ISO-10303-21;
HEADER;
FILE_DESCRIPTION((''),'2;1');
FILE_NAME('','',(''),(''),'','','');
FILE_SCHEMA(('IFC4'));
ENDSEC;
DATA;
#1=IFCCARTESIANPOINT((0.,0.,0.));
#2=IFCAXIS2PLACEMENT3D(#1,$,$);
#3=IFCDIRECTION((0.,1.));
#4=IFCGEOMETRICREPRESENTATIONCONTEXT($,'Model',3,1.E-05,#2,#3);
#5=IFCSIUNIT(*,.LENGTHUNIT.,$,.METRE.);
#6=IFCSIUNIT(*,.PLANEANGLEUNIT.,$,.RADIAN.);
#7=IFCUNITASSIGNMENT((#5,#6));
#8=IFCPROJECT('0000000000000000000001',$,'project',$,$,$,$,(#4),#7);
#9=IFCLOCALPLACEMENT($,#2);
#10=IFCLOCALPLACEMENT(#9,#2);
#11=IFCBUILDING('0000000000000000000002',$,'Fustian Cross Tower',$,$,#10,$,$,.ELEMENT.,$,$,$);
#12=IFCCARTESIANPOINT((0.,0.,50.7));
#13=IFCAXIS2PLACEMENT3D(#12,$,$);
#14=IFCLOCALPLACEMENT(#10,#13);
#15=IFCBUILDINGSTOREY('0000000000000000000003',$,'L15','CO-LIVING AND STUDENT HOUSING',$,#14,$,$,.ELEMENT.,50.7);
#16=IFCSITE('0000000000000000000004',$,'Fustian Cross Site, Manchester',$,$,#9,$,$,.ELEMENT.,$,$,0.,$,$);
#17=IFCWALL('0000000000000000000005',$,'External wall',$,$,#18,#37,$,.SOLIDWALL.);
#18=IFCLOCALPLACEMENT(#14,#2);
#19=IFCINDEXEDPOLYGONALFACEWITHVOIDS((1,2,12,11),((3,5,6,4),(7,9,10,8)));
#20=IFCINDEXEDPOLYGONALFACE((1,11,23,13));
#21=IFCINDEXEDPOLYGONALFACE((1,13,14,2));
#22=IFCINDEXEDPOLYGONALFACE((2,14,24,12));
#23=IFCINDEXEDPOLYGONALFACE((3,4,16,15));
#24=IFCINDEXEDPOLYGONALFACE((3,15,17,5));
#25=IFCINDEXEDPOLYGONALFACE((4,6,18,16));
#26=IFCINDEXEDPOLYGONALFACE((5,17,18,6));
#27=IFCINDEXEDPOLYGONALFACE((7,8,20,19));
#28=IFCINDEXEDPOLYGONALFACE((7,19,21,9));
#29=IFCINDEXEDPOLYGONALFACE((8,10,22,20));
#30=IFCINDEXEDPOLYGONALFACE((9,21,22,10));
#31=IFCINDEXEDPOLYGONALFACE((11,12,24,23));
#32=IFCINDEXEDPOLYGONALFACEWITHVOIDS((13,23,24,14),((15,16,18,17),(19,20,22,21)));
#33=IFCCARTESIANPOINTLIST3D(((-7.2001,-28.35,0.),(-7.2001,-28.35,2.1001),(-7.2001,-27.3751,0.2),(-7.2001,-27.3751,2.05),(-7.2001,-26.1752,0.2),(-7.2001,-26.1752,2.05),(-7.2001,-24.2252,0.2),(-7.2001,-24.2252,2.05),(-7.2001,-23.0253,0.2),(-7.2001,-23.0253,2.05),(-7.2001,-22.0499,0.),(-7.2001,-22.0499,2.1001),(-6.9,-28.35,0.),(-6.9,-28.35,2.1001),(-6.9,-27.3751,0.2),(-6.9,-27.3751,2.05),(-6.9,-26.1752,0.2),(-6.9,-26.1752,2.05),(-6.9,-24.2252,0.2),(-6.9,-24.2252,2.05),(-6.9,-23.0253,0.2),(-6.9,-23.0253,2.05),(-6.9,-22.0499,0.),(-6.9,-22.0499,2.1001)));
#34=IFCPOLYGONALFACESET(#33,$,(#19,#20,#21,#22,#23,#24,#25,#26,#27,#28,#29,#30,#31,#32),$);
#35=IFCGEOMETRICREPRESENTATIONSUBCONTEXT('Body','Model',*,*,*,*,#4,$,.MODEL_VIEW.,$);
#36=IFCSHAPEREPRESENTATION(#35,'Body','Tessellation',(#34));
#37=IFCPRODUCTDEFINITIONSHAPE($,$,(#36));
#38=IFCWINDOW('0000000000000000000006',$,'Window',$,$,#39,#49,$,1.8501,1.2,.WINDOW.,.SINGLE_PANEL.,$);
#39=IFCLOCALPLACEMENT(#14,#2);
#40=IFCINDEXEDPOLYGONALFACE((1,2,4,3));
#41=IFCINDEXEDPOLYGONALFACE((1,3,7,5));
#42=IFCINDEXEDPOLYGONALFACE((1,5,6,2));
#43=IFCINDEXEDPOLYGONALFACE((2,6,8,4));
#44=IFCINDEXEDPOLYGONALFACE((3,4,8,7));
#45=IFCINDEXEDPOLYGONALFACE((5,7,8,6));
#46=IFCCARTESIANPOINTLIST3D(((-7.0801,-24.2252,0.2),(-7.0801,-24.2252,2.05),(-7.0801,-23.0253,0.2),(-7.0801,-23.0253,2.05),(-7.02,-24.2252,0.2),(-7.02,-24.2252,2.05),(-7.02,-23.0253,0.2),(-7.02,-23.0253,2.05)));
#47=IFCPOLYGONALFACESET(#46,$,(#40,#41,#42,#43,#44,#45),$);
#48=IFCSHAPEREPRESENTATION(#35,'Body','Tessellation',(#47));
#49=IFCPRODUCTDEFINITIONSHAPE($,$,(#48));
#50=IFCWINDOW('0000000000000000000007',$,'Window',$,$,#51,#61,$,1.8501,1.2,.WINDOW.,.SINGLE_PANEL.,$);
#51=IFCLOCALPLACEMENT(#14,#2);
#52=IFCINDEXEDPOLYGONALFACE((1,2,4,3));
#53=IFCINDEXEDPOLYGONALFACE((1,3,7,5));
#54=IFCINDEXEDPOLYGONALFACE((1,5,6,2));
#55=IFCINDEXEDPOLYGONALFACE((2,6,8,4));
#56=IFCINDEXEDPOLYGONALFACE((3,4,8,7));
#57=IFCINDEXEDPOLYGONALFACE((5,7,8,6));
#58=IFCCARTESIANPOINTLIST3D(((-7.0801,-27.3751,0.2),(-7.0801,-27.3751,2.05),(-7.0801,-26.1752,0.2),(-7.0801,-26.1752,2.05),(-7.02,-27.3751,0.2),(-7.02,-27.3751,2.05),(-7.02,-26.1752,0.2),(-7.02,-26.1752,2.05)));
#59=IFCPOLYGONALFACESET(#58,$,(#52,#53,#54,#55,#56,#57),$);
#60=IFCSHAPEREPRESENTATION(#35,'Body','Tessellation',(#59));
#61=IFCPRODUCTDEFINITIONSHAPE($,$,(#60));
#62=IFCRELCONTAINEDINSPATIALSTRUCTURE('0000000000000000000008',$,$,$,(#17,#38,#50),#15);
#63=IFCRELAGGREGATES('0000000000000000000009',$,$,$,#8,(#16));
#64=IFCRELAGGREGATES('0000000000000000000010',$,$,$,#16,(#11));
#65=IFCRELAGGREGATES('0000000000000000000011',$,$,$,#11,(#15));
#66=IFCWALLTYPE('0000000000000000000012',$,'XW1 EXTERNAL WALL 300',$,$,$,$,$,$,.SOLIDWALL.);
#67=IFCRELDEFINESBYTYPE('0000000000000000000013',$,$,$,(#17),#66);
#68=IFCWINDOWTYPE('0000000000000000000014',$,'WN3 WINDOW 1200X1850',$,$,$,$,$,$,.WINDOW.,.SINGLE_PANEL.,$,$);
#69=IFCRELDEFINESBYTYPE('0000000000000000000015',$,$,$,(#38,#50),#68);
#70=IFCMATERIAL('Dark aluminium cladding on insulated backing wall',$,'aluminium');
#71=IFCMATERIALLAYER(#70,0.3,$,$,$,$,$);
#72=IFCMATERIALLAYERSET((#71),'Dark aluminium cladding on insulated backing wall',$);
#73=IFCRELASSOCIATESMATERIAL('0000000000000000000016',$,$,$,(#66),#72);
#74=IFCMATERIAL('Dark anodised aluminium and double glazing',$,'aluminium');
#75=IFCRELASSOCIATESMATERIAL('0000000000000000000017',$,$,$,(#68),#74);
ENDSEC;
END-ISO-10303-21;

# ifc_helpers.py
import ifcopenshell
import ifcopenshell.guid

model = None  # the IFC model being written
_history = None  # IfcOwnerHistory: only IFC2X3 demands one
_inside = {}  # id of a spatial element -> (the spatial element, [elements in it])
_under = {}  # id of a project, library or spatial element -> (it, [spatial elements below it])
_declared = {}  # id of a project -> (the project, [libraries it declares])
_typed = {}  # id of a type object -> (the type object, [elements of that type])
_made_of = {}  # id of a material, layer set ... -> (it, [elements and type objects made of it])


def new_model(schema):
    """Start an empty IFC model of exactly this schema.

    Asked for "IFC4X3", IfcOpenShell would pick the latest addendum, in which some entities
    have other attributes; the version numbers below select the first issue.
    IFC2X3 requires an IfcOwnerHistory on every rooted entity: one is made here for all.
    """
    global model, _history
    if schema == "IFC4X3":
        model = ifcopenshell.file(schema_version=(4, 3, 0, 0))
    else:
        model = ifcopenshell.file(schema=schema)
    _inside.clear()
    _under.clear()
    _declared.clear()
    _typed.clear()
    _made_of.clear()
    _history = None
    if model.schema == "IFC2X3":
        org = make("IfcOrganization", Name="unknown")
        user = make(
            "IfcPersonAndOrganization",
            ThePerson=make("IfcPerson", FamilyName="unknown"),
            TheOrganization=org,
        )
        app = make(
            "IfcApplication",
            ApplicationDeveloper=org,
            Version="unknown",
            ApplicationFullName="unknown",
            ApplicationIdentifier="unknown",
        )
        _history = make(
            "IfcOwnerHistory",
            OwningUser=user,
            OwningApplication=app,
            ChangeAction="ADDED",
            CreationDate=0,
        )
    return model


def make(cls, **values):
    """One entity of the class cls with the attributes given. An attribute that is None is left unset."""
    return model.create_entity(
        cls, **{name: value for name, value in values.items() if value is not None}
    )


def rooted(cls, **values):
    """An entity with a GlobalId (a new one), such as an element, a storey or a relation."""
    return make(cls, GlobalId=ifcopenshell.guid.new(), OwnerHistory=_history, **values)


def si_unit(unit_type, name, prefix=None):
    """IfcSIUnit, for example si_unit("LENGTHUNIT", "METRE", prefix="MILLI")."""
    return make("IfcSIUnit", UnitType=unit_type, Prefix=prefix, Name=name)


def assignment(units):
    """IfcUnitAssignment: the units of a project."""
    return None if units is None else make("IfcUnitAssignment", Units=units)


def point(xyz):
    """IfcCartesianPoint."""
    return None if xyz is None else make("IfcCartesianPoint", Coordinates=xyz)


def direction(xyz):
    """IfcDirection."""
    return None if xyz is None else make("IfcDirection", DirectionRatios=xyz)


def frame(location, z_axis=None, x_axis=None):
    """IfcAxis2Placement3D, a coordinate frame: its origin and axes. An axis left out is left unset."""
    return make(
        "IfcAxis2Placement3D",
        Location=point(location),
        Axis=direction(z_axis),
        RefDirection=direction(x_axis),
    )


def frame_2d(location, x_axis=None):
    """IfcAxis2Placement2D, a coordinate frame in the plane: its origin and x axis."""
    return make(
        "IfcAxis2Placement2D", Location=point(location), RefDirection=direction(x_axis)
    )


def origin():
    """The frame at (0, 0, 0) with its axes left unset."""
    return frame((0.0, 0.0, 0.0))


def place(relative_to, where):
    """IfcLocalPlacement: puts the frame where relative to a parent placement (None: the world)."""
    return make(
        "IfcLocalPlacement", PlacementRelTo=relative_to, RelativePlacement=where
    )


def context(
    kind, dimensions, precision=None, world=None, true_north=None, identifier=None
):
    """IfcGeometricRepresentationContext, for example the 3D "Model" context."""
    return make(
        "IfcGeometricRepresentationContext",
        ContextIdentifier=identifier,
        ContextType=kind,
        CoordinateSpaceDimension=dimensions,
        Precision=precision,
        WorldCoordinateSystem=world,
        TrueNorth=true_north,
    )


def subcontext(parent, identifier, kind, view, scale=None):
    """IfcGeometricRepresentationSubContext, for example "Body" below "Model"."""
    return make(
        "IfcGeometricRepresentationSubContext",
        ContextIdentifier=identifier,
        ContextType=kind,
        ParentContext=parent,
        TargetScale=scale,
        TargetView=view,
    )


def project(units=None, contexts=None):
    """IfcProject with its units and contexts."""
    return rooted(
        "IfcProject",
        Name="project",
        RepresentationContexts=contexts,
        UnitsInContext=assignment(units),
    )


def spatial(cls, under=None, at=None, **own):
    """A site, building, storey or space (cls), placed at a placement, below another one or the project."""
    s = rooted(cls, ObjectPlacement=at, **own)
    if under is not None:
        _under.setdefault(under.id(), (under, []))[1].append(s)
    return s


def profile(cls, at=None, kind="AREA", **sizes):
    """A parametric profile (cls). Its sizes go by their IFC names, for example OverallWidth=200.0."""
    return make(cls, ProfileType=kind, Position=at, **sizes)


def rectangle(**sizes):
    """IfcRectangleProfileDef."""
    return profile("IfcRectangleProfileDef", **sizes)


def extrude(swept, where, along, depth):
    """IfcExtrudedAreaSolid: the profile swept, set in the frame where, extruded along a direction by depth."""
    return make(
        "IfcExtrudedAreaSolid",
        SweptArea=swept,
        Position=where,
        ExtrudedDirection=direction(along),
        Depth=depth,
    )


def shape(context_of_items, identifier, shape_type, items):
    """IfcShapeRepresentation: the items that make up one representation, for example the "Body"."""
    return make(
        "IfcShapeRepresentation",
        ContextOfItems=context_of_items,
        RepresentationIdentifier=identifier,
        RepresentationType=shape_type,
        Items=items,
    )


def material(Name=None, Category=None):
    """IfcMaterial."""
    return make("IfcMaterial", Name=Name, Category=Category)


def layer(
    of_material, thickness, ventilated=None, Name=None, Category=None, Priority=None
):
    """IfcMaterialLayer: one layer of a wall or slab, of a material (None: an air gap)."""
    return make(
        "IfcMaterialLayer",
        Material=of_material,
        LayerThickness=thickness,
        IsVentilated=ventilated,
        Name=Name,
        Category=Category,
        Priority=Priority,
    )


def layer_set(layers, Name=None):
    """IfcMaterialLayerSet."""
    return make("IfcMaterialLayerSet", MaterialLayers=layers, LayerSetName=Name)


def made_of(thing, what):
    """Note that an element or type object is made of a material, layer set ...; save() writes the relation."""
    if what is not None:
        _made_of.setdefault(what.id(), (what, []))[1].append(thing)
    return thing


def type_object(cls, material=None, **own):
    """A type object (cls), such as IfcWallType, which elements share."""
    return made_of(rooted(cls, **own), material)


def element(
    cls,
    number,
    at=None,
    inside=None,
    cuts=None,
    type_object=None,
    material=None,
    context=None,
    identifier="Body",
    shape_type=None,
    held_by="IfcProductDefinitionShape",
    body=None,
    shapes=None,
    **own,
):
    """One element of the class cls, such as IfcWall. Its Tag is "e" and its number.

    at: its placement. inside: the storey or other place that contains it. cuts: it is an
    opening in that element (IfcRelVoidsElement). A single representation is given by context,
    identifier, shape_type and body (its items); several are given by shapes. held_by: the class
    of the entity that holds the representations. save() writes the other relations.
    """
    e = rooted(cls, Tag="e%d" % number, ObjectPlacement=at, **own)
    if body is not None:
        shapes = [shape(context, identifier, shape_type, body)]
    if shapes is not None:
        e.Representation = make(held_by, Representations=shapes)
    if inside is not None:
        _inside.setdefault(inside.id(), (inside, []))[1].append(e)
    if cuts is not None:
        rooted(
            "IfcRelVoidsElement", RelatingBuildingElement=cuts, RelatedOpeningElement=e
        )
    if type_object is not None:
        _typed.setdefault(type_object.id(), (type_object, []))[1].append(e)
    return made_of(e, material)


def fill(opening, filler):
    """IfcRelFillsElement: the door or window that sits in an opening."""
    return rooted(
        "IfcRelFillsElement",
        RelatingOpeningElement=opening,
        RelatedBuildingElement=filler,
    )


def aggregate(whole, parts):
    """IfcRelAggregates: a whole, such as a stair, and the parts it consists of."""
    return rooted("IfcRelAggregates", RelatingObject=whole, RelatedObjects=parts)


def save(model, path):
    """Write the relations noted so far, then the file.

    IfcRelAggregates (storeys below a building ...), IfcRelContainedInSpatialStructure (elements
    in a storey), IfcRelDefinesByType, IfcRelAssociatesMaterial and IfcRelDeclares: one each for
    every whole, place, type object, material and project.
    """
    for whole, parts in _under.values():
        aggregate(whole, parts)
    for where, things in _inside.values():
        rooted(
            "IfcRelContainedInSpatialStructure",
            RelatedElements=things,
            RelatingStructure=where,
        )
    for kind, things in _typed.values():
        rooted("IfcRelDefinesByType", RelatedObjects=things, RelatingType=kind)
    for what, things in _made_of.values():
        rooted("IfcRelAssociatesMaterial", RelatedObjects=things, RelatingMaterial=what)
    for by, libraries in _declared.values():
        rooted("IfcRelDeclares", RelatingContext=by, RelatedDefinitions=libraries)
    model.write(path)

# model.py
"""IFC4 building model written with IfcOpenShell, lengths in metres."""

from ifc_helpers import new_model, si_unit, direction, frame, frame_2d, origin, place, context, subcontext, project, spatial, rectangle, extrude, material, layer, layer_set, type_object, element, fill, save


model = new_model("IFC4")

# Units and contexts
model_context = context("Model", 3, precision=1e-05, world=origin(), true_north=direction((0.0, 1.0)))
body_context = subcontext(model_context, "Body", "Model", "MODEL_VIEW")
ifc_project = project(units=[si_unit("LENGTHUNIT", "METRE"), si_unit("PLANEANGLEUNIT", "RADIAN")], contexts=[model_context])

# Site, building, storey
site_placement = place(None, origin())
site = spatial("IfcSite", under=ifc_project, at=site_placement, Name="Fustian Cross Site, Manchester", CompositionType="ELEMENT", RefElevation=0.0)
building_placement = place(site_placement, origin())
building = spatial("IfcBuilding", under=site, at=building_placement, Name="Fustian Cross Tower", CompositionType="ELEMENT")
storey_placement = place(building_placement, frame((0.0, 0.0, 50.7)))
storey = spatial("IfcBuildingStorey", under=building, at=storey_placement, Name="L15", Description="CO-LIVING AND STUDENT HOUSING", CompositionType="ELEMENT", Elevation=50.7)

# Shared definitions
ifc_material_1 = material(Name="Dark aluminium cladding on insulated backing wall", Category="aluminium")
ifc_layer_1 = layer(ifc_material_1, 0.3)
ifc_layer_set_1 = layer_set([ifc_layer_1], Name="Dark aluminium cladding on insulated backing wall")
wall_type_1 = type_object("IfcWallType", Name="XW1 EXTERNAL WALL 300", PredefinedType="SOLIDWALL", material=ifc_layer_set_1)

# Shared definitions
ifc_material_2 = material(Name="Dark anodised aluminium and double glazing", Category="aluminium")
window_type = type_object("IfcWindowType", Name="WN3 WINDOW 1200X1850", PartitioningType="SINGLE_PANEL", PredefinedType="WINDOW", material=ifc_material_2)

# Wall, openings, windows
wall_1_placement = place(storey_placement, frame((-7.05, -22.05, 0.0), z_axis=(0.0, 0.0, 1.0), x_axis=(0.0, -1.0, 0.0)))
wall_1 = element("IfcWall", 1, at=wall_1_placement, inside=storey, type_object=wall_type_1, Name="External wall", PredefinedType="SOLIDWALL", context=body_context, shape_type="SweptSolid", body=[
    extrude(rectangle(XDim=6.3, YDim=0.3, at=frame_2d((3.1499, 0.0))), origin(), (0.0, 0.0, 1.0), 2.1001),
])
opening_1_placement = place(wall_1_placement, frame((0.9751, 0.0, 0.2)))
opening_1 = element("IfcOpeningElement", 2, at=opening_1_placement, cuts=wall_1, PredefinedType="OPENING", context=body_context, shape_type="SweptSolid", body=[
    extrude(rectangle(XDim=1.2, YDim=1.8501, at=frame_2d((0.6001, 0.925))), frame((0.0, 0.1599, 0.0), z_axis=(0.0, -1.0, 0.0), x_axis=(1.0, 0.0, 0.0)), (0.0, 0.0, 1.0), 0.3201),
])
opening_2_placement = place(wall_1_placement, frame((4.125, 0.0, 0.2)))
opening_2 = element("IfcOpeningElement", 3, at=opening_2_placement, cuts=wall_1, PredefinedType="OPENING", context=body_context, shape_type="SweptSolid", body=[
    extrude(rectangle(XDim=1.2, YDim=1.8501, at=frame_2d((0.6001, 0.925))), frame((0.0, 0.1599, 0.0), z_axis=(0.0, -1.0, 0.0), x_axis=(1.0, 0.0, 0.0)), (0.0, 0.0, 1.0), 0.3201),
])
window_1_placement = place(opening_1_placement, origin())
window_1 = element("IfcWindow", 4, at=window_1_placement, inside=storey, type_object=window_type, Name="Window", OverallHeight=1.8501, OverallWidth=1.2, PartitioningType="SINGLE_PANEL", PredefinedType="WINDOW", context=body_context, shape_type="SweptSolid", body=[
    extrude(rectangle(XDim=1.2, YDim=1.8501, at=frame_2d((0.6001, 0.925))), frame((0.0, 0.03, 0.0), z_axis=(0.0, -1.0, 0.0), x_axis=(1.0, 0.0, 0.0)), (0.0, 0.0, 1.0), 0.0601),
])
fill(opening_1, window_1)
window_2_placement = place(opening_2_placement, origin())
window_2 = element("IfcWindow", 5, at=window_2_placement, inside=storey, type_object=window_type, Name="Window", OverallHeight=1.8501, OverallWidth=1.2, PartitioningType="SINGLE_PANEL", PredefinedType="WINDOW", context=body_context, shape_type="SweptSolid", body=[
    extrude(rectangle(XDim=1.2, YDim=1.8501, at=frame_2d((0.6001, 0.925))), frame((0.0, 0.03, 0.0), z_axis=(0.0, -1.0, 0.0), x_axis=(1.0, 0.0, 0.0)), (0.0, 0.0, 1.0), 0.0601),
])
fill(opening_2, window_2)

save(model, "model.ifc")
